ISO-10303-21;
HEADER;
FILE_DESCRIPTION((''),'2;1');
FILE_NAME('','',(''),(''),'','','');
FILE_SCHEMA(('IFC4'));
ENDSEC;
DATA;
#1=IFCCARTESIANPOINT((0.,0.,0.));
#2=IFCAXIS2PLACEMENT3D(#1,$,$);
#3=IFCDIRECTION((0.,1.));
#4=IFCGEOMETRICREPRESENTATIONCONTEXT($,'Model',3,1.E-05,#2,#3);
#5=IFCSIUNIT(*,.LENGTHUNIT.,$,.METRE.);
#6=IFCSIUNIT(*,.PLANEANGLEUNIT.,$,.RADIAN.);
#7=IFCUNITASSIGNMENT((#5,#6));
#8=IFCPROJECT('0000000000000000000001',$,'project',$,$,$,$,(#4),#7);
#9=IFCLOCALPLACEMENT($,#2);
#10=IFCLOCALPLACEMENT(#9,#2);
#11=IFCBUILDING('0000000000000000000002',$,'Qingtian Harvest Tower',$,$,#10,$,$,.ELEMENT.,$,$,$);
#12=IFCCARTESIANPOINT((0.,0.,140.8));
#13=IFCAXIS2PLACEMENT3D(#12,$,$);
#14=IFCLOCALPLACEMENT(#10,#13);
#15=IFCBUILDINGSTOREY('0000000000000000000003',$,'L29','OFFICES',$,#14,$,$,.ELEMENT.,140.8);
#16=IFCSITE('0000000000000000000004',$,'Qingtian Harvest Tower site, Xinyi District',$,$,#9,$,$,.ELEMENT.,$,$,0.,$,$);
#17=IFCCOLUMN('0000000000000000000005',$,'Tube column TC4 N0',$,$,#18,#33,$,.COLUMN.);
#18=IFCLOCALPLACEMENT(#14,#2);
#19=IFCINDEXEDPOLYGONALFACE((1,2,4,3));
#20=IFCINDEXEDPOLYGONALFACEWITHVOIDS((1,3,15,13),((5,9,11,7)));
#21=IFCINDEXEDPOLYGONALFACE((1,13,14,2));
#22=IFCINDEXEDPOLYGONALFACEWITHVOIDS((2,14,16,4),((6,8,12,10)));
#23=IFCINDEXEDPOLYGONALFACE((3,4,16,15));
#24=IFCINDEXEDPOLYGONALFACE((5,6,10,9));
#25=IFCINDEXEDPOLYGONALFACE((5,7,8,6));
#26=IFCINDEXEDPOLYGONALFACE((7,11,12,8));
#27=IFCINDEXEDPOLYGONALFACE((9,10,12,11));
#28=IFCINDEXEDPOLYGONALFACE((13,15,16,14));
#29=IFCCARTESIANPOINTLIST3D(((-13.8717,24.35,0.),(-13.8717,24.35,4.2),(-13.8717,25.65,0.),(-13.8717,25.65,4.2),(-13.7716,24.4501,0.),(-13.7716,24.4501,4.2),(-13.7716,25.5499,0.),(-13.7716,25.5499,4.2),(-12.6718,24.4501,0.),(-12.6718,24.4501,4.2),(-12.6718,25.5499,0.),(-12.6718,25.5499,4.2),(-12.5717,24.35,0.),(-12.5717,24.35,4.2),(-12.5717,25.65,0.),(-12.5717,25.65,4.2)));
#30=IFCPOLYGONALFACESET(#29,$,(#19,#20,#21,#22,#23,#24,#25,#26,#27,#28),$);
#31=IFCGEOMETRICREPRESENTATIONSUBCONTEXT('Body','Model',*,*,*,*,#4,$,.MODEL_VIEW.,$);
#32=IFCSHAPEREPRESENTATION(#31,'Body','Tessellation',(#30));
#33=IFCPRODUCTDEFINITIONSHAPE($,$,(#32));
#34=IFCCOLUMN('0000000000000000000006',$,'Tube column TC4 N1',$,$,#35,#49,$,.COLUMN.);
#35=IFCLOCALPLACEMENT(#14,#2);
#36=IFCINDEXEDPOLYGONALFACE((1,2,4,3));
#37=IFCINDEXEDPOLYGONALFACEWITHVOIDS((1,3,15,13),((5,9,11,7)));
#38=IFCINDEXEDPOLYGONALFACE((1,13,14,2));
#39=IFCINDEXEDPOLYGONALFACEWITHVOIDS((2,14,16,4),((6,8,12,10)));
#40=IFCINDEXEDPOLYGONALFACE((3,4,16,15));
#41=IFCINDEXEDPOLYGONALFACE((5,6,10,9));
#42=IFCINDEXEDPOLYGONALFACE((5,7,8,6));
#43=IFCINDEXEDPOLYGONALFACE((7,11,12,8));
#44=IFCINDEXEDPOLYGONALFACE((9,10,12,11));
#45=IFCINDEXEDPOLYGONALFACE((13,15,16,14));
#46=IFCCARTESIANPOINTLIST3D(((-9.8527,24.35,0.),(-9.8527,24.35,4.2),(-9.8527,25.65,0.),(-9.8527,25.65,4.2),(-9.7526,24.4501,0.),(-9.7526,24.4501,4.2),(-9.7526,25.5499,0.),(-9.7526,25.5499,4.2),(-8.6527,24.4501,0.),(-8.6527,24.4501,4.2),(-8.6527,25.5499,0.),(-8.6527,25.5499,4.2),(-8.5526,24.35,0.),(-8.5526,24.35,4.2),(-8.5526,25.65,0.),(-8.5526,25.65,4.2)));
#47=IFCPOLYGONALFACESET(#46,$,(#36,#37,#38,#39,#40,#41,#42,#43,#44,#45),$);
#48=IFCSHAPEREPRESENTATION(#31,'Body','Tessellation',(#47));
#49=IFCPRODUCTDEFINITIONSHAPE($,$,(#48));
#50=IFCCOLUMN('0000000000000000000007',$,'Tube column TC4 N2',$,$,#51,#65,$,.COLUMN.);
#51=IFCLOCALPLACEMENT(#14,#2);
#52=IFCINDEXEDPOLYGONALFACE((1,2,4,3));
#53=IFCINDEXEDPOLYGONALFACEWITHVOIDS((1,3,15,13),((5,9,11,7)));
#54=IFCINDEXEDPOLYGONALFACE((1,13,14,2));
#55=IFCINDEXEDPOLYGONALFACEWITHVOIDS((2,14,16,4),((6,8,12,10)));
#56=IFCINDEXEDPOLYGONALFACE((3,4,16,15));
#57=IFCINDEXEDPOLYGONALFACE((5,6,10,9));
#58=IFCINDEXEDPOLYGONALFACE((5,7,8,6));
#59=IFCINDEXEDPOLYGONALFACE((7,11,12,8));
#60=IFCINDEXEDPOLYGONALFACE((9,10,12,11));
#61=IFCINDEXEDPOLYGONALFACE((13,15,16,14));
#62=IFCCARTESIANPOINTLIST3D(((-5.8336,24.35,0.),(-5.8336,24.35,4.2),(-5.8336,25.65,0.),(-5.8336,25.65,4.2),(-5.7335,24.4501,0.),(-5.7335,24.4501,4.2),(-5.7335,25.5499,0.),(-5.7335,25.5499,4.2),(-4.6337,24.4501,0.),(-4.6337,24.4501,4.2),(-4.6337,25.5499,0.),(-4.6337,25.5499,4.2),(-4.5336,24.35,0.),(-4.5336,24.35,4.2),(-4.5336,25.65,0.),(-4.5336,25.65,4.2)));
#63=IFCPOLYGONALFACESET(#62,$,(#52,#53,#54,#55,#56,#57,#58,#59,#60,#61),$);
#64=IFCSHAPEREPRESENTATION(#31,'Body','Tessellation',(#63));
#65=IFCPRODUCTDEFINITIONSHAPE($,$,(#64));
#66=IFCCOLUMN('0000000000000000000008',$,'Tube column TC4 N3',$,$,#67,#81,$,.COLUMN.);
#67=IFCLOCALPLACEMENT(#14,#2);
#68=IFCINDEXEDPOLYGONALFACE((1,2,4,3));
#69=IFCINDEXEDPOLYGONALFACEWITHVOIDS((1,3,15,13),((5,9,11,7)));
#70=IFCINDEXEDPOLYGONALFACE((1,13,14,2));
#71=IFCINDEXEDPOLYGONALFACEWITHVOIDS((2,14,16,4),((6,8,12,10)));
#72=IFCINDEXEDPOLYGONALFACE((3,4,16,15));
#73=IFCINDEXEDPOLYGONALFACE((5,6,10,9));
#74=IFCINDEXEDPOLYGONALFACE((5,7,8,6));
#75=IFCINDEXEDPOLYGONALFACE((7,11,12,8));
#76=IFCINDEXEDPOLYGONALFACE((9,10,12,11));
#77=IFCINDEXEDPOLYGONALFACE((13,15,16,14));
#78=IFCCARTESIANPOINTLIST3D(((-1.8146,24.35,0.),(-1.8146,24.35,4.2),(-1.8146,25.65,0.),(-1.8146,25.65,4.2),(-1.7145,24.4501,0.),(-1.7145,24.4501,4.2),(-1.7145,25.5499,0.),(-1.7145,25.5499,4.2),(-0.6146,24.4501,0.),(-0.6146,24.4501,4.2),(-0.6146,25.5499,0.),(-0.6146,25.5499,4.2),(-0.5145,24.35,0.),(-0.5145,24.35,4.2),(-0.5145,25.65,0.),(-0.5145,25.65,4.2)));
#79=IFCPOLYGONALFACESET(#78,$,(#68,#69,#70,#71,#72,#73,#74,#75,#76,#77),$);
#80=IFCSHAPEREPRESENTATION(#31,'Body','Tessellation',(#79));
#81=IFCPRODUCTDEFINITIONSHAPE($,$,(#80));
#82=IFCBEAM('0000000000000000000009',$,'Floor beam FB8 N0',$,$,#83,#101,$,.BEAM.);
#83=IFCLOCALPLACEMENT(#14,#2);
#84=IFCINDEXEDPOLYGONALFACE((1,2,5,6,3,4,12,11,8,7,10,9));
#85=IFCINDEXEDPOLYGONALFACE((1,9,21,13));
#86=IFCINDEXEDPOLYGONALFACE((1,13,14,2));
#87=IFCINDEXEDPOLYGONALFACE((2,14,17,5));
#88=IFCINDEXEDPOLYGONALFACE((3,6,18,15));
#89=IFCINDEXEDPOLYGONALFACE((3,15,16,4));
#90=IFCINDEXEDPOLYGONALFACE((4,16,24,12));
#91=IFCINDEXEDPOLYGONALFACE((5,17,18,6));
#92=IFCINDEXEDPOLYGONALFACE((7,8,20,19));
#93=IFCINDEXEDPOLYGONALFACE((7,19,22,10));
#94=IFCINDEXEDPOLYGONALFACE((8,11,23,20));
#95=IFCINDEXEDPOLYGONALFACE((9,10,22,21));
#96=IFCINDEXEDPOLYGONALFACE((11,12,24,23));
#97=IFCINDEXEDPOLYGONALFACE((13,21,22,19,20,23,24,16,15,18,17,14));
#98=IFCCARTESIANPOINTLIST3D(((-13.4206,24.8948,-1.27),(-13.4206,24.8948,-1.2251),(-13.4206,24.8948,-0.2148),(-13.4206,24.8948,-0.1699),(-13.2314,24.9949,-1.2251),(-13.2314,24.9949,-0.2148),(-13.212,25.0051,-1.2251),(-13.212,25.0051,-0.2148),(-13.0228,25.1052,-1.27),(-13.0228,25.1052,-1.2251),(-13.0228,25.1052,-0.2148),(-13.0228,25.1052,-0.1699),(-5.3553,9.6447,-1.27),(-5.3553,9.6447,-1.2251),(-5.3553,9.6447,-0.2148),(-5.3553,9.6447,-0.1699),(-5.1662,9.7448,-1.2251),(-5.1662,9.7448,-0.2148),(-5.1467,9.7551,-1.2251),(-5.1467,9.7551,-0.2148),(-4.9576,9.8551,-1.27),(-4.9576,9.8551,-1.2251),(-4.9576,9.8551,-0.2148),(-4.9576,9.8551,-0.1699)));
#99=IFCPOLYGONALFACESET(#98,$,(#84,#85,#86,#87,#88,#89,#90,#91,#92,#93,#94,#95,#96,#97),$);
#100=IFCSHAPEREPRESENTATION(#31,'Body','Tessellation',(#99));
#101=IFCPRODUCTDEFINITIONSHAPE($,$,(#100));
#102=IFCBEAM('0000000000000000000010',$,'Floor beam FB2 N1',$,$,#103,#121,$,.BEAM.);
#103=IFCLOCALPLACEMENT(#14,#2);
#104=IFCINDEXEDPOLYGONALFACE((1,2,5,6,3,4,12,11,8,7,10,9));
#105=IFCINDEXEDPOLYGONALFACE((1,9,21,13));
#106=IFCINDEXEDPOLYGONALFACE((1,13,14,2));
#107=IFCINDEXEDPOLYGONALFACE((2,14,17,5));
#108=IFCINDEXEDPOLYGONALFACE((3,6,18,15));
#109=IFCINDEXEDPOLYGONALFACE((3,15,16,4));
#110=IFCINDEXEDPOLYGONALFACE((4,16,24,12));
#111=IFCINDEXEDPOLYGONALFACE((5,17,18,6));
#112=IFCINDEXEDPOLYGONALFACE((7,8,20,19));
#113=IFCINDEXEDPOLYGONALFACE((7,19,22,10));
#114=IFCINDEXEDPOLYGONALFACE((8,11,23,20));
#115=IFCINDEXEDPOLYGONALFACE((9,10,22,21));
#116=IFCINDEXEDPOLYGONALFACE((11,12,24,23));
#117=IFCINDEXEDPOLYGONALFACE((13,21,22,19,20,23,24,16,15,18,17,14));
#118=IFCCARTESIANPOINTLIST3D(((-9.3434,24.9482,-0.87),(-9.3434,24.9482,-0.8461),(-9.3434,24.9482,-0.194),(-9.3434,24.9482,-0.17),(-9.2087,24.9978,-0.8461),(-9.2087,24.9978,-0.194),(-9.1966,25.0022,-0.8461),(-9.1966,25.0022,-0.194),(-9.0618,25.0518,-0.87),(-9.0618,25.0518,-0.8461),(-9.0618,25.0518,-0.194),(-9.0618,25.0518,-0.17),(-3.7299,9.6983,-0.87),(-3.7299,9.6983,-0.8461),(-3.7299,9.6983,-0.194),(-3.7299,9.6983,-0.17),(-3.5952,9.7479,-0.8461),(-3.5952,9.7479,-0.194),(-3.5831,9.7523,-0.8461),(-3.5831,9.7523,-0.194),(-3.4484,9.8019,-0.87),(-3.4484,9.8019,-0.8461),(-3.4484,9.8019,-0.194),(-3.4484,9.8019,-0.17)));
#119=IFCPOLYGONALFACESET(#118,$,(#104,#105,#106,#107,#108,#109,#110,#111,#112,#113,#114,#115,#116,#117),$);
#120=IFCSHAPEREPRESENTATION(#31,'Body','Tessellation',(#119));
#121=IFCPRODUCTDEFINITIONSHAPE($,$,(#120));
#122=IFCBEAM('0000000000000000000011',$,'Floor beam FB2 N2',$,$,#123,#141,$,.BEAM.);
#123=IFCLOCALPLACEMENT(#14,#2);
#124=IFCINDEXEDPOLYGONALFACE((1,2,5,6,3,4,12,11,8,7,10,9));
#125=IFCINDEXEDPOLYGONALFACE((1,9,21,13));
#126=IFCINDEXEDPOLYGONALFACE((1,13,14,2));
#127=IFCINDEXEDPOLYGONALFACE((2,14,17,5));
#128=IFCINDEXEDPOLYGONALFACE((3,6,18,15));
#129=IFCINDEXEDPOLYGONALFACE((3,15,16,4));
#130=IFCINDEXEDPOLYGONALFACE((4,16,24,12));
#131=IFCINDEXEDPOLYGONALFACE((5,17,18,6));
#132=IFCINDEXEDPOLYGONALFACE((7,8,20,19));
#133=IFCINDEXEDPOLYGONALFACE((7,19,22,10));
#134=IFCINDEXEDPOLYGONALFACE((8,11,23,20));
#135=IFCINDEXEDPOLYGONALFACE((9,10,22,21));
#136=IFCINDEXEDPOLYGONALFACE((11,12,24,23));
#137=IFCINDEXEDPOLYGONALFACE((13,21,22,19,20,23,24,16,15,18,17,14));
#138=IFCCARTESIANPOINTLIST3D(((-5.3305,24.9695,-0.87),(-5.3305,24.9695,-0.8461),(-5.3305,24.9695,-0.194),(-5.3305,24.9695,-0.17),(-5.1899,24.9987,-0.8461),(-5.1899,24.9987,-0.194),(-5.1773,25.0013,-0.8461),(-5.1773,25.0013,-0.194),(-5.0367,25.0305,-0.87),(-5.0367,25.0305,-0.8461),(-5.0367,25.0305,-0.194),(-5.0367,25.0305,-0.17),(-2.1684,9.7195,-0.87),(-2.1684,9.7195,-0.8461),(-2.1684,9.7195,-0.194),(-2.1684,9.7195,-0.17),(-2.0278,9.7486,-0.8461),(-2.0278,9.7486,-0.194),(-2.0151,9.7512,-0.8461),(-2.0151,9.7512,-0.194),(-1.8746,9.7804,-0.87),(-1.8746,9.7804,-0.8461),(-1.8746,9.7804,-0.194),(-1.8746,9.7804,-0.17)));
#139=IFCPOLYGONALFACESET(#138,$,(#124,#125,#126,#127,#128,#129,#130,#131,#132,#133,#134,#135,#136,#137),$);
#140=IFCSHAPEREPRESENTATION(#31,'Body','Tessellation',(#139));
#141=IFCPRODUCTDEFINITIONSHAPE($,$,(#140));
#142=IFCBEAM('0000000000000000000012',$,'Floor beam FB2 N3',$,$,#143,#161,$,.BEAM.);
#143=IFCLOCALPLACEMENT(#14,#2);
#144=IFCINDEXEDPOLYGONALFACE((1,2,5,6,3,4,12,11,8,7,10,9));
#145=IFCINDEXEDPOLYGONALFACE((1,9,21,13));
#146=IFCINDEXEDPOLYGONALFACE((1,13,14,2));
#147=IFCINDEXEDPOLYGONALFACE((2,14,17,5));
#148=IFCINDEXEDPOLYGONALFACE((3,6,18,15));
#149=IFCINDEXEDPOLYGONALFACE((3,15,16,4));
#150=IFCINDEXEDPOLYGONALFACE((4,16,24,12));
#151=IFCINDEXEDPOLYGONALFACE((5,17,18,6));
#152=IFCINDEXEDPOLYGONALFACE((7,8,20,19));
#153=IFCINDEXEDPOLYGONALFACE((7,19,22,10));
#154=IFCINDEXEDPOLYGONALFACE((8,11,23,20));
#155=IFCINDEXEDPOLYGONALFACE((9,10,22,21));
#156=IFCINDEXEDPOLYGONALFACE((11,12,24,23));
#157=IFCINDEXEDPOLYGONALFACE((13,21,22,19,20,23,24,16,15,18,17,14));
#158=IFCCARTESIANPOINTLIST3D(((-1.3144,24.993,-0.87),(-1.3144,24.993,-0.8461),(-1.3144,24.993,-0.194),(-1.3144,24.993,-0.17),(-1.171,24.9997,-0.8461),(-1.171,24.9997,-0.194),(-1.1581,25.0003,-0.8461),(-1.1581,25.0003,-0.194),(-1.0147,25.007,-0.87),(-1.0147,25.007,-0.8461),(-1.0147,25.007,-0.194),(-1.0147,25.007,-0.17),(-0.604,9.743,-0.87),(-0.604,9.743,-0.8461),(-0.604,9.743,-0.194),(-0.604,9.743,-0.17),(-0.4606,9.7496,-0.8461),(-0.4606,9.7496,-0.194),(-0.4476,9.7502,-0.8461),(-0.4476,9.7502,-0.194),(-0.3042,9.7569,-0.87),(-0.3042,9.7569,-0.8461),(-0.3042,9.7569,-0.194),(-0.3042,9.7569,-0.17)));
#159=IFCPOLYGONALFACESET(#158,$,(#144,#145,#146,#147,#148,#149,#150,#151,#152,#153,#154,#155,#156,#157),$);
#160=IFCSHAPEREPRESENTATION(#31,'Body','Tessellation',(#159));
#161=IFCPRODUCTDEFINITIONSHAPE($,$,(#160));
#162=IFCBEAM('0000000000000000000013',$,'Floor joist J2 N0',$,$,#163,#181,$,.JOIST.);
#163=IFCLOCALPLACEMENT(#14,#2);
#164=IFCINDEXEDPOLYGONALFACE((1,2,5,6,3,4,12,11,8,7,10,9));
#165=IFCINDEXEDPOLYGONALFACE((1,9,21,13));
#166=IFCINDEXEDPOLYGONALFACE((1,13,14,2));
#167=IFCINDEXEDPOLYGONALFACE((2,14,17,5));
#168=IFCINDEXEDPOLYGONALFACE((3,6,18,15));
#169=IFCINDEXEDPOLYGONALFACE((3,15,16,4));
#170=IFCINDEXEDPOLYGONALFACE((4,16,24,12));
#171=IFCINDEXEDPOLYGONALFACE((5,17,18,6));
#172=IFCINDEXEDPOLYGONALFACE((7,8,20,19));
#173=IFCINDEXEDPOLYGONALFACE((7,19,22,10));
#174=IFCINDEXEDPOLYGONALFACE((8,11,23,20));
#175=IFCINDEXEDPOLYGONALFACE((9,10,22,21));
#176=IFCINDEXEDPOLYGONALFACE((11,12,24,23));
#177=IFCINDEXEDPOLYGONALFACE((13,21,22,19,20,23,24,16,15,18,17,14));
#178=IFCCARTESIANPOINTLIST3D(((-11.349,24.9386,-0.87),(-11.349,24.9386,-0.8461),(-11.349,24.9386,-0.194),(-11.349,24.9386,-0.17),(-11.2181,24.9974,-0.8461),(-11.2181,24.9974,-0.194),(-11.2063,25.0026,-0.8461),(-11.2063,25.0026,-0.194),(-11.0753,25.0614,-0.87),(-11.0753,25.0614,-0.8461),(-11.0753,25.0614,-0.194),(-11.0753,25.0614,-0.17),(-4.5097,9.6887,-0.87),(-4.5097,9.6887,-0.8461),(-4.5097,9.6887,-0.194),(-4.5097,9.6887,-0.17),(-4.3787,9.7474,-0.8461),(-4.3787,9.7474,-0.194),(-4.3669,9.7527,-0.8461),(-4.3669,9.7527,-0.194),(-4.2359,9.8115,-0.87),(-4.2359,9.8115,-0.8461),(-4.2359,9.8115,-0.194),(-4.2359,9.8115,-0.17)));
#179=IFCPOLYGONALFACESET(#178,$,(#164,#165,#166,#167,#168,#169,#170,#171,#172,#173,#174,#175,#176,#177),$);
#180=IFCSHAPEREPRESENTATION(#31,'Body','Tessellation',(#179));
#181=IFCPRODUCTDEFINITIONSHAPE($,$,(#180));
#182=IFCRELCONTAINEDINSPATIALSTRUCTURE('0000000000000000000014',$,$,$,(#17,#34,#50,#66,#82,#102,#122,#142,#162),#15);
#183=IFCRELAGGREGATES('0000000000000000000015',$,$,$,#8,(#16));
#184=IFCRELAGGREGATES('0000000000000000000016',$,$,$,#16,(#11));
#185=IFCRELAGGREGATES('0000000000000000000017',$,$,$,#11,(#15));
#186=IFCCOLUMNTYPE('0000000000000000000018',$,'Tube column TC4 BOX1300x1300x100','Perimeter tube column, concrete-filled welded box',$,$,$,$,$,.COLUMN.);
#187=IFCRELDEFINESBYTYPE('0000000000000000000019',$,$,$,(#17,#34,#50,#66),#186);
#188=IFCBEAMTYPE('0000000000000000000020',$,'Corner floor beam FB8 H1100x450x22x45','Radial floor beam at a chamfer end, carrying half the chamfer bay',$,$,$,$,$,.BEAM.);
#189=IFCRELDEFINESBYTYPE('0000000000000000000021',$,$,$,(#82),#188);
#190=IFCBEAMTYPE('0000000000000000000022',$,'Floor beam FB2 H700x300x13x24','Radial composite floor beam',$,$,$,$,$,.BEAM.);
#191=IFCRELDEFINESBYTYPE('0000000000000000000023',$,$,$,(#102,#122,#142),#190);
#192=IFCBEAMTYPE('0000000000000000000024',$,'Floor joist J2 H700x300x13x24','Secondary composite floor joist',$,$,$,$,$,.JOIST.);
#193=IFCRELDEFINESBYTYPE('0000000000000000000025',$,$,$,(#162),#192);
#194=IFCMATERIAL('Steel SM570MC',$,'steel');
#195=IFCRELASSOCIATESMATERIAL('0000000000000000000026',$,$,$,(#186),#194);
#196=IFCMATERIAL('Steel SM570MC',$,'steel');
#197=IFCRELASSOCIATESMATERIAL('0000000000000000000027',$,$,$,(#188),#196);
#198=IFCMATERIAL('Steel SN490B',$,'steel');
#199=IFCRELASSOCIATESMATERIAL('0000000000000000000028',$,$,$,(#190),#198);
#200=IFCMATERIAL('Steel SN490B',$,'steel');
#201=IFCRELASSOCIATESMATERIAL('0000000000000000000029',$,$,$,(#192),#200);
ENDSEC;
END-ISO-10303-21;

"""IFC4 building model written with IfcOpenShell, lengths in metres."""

from ifc_helpers import new_model, si_unit, direction, frame, origin, origin_2d, place, context, subcontext, project, spatial, hollow_rectangle, i_section, extrude, material, material_profile, profile_set, type_object, element, save


model = new_model("IFC4")

# Units and contexts
model_context = context("Model", 3, precision=1e-05, world=origin(), true_north=direction((0.0, 1.0)))
body_context = subcontext(model_context, "Body", "Model", "MODEL_VIEW")
ifc_project = project(units=[si_unit("LENGTHUNIT", "METRE"), si_unit("PLANEANGLEUNIT", "RADIAN")], contexts=[model_context])

# Site, building, storey
site_placement = place(None, origin())
site = spatial("IfcSite", under=ifc_project, at=site_placement, Name="Qingtian Harvest Tower site, Xinyi District", CompositionType="ELEMENT", RefElevation=0.0)
building_placement = place(site_placement, origin())
building = spatial("IfcBuilding", under=site, at=building_placement, Name="Qingtian Harvest Tower", CompositionType="ELEMENT")
storey_placement = place(building_placement, frame((0.0, 0.0, 140.8)))
storey = spatial("IfcBuildingStorey", under=building, at=storey_placement, Name="L29", Description="OFFICES", CompositionType="ELEMENT", Elevation=140.8)

# Columns
ifc_material_1 = material(Name="Steel SM570MC", Category="steel")
ifc_material_profile_1 = material_profile(ifc_material_1, hollow_rectangle(XDim=1.3, YDim=1.3, WallThickness=0.1001, at=origin_2d()), Name="BOX1300x1300x100")
ifc_profile_set_1 = profile_set([ifc_material_profile_1], Name="Steel SM570MC")
column_type = type_object("IfcColumnType", Name="Tube column TC4 BOX1300x1300x100", Description="Perimeter tube column, concrete-filled welded box", PredefinedType="COLUMN", material=ifc_profile_set_1)
for number, where, z_axis, x_axis, name in (
    (1, (-13.2217, 25.0, 0.0), (0.0, 0.0, 1.0), (-1.0, 0.0, 0.0), "Tube column TC4 N0"),
    (2, (-9.2026, 25.0, 0.0), (0.0, 0.0, 1.0), (-1.0, 0.0, 0.0), "Tube column TC4 N1"),
    (3, (-5.1836, 25.0, 0.0), (0.0, 0.0, 1.0), (-1.0, 0.0, 0.0), "Tube column TC4 N2"),
    (4, (-1.1646, 25.0, 0.0), (0.0, 0.0, 1.0), (-1.0, 0.0, 0.0), "Tube column TC4 N3"),
):
    element("IfcColumn", number, at=place(storey_placement, frame(where, z_axis=z_axis, x_axis=x_axis)), inside=storey, type_object=column_type, Name=name, PredefinedType="COLUMN", context=body_context, shape_type="SweptSolid", body=[
        extrude(hollow_rectangle(XDim=1.3, YDim=1.3, WallThickness=0.1001, at=origin_2d()), origin(), (0.0, 0.0, 1.0), 4.2),
    ])

# Beams
ifc_material_2 = material(Name="Steel SM570MC", Category="steel")
ifc_material_profile_2 = material_profile(ifc_material_2, i_section(OverallWidth=0.45, OverallDepth=1.1001, WebThickness=0.022, FlangeThickness=0.0449, at=origin_2d()), Name="H1100x450x22x45")
ifc_profile_set_2 = profile_set([ifc_material_profile_2], Name="Steel SM570MC")
beam_type_1 = type_object("IfcBeamType", Name="Corner floor beam FB8 H1100x450x22x45", Description="Radial floor beam at a chamfer end, carrying half the chamfer bay", PredefinedType="BEAM", material=ifc_profile_set_2)
beam_1_placement = place(storey_placement, frame((-13.2217, 25.0, -0.72), z_axis=(0.46751, -0.883988, 0.0), x_axis=(0.883988, 0.46751, 0.0)))
element("IfcBeam", 5, at=beam_1_placement, inside=storey, type_object=beam_type_1, Name="Floor beam FB8 N0", PredefinedType="BEAM", context=body_context, shape_type="SweptSolid", body=[
    extrude(i_section(OverallWidth=0.45, OverallDepth=1.1001, WebThickness=0.022, FlangeThickness=0.0449, at=origin_2d()), origin(), (0.0, 0.0, 1.0), 17.2515),
])
ifc_material_3 = material(Name="Steel SN490B", Category="steel")
ifc_material_profile_3 = material_profile(ifc_material_3, i_section(OverallWidth=0.3, OverallDepth=0.7, WebThickness=0.0129, FlangeThickness=0.0239, at=origin_2d()), Name="H700x300x13x24")
ifc_profile_set_3 = profile_set([ifc_material_profile_3], Name="Steel SN490B")
beam_type_2 = type_object("IfcBeamType", Name="Floor beam FB2 H700x300x13x24", Description="Radial composite floor beam", PredefinedType="BEAM", material=ifc_profile_set_3)
beam_2_placement = place(storey_placement, frame((-9.2026, 25.0, -0.52), z_axis=(0.34544, -0.938441, 0.0), x_axis=(0.938441, 0.34544, 0.0)))
element("IfcBeam", 6, at=beam_2_placement, inside=storey, type_object=beam_type_2, Name="Floor beam FB2 N1", PredefinedType="BEAM", context=body_context, shape_type="SweptSolid", body=[
    extrude(i_section(OverallWidth=0.3, OverallDepth=0.7, WebThickness=0.0129, FlangeThickness=0.0239, at=origin_2d()), origin(), (0.0, 0.0, 1.0), 16.2502),
])
beam_3_placement = place(storey_placement, frame((-5.1836, 25.0, -0.52), z_axis=(0.203033, -0.979172, 0.0), x_axis=(0.979172, 0.203033, 0.0)))
element("IfcBeam", 7, at=beam_3_placement, inside=storey, type_object=beam_type_2, Name="Floor beam FB2 N2", PredefinedType="BEAM", context=body_context, shape_type="SweptSolid", body=[
    extrude(i_section(OverallWidth=0.3, OverallDepth=0.7, WebThickness=0.0129, FlangeThickness=0.0239, at=origin_2d()), origin(), (0.0, 0.0, 1.0), 15.5745),
])
beam_4_placement = place(storey_placement, frame((-1.1646, 25.0, -0.52), z_axis=(0.046536, -0.998917, 0.0), x_axis=(0.998917, 0.046536, 0.0)))
element("IfcBeam", 8, at=beam_4_placement, inside=storey, type_object=beam_type_2, Name="Floor beam FB2 N3", PredefinedType="BEAM", context=body_context, shape_type="SweptSolid", body=[
    extrude(i_section(OverallWidth=0.3, OverallDepth=0.7, WebThickness=0.0129, FlangeThickness=0.0239, at=origin_2d()), origin(), (0.0, 0.0, 1.0), 15.2666),
])
ifc_material_4 = material(Name="Steel SN490B", Category="steel")
ifc_material_profile_4 = material_profile(ifc_material_4, i_section(OverallWidth=0.3, OverallDepth=0.7, WebThickness=0.0129, FlangeThickness=0.0239, at=origin_2d()), Name="H700x300x13x24")
ifc_profile_set_4 = profile_set([ifc_material_profile_4], Name="Steel SN490B")
beam_type_3 = type_object("IfcBeamType", Name="Floor joist J2 H700x300x13x24", Description="Secondary composite floor joist", PredefinedType="JOIST", material=ifc_profile_set_4)
beam_5_placement = place(storey_placement, frame((-11.2122, 25.0, -0.52), z_axis=(0.409213, -0.912439, 0.0), x_axis=(0.912439, 0.409213, 0.0)))
element("IfcBeam", 9, at=beam_5_placement, inside=storey, type_object=beam_type_3, Name="Floor joist J2 N0", PredefinedType="JOIST", context=body_context, shape_type="SweptSolid", body=[
    extrude(i_section(OverallWidth=0.3, OverallDepth=0.7, WebThickness=0.0129, FlangeThickness=0.0239, at=origin_2d()), origin(), (0.0, 0.0, 1.0), 16.7134),
])

save(model, "model.ifc")
